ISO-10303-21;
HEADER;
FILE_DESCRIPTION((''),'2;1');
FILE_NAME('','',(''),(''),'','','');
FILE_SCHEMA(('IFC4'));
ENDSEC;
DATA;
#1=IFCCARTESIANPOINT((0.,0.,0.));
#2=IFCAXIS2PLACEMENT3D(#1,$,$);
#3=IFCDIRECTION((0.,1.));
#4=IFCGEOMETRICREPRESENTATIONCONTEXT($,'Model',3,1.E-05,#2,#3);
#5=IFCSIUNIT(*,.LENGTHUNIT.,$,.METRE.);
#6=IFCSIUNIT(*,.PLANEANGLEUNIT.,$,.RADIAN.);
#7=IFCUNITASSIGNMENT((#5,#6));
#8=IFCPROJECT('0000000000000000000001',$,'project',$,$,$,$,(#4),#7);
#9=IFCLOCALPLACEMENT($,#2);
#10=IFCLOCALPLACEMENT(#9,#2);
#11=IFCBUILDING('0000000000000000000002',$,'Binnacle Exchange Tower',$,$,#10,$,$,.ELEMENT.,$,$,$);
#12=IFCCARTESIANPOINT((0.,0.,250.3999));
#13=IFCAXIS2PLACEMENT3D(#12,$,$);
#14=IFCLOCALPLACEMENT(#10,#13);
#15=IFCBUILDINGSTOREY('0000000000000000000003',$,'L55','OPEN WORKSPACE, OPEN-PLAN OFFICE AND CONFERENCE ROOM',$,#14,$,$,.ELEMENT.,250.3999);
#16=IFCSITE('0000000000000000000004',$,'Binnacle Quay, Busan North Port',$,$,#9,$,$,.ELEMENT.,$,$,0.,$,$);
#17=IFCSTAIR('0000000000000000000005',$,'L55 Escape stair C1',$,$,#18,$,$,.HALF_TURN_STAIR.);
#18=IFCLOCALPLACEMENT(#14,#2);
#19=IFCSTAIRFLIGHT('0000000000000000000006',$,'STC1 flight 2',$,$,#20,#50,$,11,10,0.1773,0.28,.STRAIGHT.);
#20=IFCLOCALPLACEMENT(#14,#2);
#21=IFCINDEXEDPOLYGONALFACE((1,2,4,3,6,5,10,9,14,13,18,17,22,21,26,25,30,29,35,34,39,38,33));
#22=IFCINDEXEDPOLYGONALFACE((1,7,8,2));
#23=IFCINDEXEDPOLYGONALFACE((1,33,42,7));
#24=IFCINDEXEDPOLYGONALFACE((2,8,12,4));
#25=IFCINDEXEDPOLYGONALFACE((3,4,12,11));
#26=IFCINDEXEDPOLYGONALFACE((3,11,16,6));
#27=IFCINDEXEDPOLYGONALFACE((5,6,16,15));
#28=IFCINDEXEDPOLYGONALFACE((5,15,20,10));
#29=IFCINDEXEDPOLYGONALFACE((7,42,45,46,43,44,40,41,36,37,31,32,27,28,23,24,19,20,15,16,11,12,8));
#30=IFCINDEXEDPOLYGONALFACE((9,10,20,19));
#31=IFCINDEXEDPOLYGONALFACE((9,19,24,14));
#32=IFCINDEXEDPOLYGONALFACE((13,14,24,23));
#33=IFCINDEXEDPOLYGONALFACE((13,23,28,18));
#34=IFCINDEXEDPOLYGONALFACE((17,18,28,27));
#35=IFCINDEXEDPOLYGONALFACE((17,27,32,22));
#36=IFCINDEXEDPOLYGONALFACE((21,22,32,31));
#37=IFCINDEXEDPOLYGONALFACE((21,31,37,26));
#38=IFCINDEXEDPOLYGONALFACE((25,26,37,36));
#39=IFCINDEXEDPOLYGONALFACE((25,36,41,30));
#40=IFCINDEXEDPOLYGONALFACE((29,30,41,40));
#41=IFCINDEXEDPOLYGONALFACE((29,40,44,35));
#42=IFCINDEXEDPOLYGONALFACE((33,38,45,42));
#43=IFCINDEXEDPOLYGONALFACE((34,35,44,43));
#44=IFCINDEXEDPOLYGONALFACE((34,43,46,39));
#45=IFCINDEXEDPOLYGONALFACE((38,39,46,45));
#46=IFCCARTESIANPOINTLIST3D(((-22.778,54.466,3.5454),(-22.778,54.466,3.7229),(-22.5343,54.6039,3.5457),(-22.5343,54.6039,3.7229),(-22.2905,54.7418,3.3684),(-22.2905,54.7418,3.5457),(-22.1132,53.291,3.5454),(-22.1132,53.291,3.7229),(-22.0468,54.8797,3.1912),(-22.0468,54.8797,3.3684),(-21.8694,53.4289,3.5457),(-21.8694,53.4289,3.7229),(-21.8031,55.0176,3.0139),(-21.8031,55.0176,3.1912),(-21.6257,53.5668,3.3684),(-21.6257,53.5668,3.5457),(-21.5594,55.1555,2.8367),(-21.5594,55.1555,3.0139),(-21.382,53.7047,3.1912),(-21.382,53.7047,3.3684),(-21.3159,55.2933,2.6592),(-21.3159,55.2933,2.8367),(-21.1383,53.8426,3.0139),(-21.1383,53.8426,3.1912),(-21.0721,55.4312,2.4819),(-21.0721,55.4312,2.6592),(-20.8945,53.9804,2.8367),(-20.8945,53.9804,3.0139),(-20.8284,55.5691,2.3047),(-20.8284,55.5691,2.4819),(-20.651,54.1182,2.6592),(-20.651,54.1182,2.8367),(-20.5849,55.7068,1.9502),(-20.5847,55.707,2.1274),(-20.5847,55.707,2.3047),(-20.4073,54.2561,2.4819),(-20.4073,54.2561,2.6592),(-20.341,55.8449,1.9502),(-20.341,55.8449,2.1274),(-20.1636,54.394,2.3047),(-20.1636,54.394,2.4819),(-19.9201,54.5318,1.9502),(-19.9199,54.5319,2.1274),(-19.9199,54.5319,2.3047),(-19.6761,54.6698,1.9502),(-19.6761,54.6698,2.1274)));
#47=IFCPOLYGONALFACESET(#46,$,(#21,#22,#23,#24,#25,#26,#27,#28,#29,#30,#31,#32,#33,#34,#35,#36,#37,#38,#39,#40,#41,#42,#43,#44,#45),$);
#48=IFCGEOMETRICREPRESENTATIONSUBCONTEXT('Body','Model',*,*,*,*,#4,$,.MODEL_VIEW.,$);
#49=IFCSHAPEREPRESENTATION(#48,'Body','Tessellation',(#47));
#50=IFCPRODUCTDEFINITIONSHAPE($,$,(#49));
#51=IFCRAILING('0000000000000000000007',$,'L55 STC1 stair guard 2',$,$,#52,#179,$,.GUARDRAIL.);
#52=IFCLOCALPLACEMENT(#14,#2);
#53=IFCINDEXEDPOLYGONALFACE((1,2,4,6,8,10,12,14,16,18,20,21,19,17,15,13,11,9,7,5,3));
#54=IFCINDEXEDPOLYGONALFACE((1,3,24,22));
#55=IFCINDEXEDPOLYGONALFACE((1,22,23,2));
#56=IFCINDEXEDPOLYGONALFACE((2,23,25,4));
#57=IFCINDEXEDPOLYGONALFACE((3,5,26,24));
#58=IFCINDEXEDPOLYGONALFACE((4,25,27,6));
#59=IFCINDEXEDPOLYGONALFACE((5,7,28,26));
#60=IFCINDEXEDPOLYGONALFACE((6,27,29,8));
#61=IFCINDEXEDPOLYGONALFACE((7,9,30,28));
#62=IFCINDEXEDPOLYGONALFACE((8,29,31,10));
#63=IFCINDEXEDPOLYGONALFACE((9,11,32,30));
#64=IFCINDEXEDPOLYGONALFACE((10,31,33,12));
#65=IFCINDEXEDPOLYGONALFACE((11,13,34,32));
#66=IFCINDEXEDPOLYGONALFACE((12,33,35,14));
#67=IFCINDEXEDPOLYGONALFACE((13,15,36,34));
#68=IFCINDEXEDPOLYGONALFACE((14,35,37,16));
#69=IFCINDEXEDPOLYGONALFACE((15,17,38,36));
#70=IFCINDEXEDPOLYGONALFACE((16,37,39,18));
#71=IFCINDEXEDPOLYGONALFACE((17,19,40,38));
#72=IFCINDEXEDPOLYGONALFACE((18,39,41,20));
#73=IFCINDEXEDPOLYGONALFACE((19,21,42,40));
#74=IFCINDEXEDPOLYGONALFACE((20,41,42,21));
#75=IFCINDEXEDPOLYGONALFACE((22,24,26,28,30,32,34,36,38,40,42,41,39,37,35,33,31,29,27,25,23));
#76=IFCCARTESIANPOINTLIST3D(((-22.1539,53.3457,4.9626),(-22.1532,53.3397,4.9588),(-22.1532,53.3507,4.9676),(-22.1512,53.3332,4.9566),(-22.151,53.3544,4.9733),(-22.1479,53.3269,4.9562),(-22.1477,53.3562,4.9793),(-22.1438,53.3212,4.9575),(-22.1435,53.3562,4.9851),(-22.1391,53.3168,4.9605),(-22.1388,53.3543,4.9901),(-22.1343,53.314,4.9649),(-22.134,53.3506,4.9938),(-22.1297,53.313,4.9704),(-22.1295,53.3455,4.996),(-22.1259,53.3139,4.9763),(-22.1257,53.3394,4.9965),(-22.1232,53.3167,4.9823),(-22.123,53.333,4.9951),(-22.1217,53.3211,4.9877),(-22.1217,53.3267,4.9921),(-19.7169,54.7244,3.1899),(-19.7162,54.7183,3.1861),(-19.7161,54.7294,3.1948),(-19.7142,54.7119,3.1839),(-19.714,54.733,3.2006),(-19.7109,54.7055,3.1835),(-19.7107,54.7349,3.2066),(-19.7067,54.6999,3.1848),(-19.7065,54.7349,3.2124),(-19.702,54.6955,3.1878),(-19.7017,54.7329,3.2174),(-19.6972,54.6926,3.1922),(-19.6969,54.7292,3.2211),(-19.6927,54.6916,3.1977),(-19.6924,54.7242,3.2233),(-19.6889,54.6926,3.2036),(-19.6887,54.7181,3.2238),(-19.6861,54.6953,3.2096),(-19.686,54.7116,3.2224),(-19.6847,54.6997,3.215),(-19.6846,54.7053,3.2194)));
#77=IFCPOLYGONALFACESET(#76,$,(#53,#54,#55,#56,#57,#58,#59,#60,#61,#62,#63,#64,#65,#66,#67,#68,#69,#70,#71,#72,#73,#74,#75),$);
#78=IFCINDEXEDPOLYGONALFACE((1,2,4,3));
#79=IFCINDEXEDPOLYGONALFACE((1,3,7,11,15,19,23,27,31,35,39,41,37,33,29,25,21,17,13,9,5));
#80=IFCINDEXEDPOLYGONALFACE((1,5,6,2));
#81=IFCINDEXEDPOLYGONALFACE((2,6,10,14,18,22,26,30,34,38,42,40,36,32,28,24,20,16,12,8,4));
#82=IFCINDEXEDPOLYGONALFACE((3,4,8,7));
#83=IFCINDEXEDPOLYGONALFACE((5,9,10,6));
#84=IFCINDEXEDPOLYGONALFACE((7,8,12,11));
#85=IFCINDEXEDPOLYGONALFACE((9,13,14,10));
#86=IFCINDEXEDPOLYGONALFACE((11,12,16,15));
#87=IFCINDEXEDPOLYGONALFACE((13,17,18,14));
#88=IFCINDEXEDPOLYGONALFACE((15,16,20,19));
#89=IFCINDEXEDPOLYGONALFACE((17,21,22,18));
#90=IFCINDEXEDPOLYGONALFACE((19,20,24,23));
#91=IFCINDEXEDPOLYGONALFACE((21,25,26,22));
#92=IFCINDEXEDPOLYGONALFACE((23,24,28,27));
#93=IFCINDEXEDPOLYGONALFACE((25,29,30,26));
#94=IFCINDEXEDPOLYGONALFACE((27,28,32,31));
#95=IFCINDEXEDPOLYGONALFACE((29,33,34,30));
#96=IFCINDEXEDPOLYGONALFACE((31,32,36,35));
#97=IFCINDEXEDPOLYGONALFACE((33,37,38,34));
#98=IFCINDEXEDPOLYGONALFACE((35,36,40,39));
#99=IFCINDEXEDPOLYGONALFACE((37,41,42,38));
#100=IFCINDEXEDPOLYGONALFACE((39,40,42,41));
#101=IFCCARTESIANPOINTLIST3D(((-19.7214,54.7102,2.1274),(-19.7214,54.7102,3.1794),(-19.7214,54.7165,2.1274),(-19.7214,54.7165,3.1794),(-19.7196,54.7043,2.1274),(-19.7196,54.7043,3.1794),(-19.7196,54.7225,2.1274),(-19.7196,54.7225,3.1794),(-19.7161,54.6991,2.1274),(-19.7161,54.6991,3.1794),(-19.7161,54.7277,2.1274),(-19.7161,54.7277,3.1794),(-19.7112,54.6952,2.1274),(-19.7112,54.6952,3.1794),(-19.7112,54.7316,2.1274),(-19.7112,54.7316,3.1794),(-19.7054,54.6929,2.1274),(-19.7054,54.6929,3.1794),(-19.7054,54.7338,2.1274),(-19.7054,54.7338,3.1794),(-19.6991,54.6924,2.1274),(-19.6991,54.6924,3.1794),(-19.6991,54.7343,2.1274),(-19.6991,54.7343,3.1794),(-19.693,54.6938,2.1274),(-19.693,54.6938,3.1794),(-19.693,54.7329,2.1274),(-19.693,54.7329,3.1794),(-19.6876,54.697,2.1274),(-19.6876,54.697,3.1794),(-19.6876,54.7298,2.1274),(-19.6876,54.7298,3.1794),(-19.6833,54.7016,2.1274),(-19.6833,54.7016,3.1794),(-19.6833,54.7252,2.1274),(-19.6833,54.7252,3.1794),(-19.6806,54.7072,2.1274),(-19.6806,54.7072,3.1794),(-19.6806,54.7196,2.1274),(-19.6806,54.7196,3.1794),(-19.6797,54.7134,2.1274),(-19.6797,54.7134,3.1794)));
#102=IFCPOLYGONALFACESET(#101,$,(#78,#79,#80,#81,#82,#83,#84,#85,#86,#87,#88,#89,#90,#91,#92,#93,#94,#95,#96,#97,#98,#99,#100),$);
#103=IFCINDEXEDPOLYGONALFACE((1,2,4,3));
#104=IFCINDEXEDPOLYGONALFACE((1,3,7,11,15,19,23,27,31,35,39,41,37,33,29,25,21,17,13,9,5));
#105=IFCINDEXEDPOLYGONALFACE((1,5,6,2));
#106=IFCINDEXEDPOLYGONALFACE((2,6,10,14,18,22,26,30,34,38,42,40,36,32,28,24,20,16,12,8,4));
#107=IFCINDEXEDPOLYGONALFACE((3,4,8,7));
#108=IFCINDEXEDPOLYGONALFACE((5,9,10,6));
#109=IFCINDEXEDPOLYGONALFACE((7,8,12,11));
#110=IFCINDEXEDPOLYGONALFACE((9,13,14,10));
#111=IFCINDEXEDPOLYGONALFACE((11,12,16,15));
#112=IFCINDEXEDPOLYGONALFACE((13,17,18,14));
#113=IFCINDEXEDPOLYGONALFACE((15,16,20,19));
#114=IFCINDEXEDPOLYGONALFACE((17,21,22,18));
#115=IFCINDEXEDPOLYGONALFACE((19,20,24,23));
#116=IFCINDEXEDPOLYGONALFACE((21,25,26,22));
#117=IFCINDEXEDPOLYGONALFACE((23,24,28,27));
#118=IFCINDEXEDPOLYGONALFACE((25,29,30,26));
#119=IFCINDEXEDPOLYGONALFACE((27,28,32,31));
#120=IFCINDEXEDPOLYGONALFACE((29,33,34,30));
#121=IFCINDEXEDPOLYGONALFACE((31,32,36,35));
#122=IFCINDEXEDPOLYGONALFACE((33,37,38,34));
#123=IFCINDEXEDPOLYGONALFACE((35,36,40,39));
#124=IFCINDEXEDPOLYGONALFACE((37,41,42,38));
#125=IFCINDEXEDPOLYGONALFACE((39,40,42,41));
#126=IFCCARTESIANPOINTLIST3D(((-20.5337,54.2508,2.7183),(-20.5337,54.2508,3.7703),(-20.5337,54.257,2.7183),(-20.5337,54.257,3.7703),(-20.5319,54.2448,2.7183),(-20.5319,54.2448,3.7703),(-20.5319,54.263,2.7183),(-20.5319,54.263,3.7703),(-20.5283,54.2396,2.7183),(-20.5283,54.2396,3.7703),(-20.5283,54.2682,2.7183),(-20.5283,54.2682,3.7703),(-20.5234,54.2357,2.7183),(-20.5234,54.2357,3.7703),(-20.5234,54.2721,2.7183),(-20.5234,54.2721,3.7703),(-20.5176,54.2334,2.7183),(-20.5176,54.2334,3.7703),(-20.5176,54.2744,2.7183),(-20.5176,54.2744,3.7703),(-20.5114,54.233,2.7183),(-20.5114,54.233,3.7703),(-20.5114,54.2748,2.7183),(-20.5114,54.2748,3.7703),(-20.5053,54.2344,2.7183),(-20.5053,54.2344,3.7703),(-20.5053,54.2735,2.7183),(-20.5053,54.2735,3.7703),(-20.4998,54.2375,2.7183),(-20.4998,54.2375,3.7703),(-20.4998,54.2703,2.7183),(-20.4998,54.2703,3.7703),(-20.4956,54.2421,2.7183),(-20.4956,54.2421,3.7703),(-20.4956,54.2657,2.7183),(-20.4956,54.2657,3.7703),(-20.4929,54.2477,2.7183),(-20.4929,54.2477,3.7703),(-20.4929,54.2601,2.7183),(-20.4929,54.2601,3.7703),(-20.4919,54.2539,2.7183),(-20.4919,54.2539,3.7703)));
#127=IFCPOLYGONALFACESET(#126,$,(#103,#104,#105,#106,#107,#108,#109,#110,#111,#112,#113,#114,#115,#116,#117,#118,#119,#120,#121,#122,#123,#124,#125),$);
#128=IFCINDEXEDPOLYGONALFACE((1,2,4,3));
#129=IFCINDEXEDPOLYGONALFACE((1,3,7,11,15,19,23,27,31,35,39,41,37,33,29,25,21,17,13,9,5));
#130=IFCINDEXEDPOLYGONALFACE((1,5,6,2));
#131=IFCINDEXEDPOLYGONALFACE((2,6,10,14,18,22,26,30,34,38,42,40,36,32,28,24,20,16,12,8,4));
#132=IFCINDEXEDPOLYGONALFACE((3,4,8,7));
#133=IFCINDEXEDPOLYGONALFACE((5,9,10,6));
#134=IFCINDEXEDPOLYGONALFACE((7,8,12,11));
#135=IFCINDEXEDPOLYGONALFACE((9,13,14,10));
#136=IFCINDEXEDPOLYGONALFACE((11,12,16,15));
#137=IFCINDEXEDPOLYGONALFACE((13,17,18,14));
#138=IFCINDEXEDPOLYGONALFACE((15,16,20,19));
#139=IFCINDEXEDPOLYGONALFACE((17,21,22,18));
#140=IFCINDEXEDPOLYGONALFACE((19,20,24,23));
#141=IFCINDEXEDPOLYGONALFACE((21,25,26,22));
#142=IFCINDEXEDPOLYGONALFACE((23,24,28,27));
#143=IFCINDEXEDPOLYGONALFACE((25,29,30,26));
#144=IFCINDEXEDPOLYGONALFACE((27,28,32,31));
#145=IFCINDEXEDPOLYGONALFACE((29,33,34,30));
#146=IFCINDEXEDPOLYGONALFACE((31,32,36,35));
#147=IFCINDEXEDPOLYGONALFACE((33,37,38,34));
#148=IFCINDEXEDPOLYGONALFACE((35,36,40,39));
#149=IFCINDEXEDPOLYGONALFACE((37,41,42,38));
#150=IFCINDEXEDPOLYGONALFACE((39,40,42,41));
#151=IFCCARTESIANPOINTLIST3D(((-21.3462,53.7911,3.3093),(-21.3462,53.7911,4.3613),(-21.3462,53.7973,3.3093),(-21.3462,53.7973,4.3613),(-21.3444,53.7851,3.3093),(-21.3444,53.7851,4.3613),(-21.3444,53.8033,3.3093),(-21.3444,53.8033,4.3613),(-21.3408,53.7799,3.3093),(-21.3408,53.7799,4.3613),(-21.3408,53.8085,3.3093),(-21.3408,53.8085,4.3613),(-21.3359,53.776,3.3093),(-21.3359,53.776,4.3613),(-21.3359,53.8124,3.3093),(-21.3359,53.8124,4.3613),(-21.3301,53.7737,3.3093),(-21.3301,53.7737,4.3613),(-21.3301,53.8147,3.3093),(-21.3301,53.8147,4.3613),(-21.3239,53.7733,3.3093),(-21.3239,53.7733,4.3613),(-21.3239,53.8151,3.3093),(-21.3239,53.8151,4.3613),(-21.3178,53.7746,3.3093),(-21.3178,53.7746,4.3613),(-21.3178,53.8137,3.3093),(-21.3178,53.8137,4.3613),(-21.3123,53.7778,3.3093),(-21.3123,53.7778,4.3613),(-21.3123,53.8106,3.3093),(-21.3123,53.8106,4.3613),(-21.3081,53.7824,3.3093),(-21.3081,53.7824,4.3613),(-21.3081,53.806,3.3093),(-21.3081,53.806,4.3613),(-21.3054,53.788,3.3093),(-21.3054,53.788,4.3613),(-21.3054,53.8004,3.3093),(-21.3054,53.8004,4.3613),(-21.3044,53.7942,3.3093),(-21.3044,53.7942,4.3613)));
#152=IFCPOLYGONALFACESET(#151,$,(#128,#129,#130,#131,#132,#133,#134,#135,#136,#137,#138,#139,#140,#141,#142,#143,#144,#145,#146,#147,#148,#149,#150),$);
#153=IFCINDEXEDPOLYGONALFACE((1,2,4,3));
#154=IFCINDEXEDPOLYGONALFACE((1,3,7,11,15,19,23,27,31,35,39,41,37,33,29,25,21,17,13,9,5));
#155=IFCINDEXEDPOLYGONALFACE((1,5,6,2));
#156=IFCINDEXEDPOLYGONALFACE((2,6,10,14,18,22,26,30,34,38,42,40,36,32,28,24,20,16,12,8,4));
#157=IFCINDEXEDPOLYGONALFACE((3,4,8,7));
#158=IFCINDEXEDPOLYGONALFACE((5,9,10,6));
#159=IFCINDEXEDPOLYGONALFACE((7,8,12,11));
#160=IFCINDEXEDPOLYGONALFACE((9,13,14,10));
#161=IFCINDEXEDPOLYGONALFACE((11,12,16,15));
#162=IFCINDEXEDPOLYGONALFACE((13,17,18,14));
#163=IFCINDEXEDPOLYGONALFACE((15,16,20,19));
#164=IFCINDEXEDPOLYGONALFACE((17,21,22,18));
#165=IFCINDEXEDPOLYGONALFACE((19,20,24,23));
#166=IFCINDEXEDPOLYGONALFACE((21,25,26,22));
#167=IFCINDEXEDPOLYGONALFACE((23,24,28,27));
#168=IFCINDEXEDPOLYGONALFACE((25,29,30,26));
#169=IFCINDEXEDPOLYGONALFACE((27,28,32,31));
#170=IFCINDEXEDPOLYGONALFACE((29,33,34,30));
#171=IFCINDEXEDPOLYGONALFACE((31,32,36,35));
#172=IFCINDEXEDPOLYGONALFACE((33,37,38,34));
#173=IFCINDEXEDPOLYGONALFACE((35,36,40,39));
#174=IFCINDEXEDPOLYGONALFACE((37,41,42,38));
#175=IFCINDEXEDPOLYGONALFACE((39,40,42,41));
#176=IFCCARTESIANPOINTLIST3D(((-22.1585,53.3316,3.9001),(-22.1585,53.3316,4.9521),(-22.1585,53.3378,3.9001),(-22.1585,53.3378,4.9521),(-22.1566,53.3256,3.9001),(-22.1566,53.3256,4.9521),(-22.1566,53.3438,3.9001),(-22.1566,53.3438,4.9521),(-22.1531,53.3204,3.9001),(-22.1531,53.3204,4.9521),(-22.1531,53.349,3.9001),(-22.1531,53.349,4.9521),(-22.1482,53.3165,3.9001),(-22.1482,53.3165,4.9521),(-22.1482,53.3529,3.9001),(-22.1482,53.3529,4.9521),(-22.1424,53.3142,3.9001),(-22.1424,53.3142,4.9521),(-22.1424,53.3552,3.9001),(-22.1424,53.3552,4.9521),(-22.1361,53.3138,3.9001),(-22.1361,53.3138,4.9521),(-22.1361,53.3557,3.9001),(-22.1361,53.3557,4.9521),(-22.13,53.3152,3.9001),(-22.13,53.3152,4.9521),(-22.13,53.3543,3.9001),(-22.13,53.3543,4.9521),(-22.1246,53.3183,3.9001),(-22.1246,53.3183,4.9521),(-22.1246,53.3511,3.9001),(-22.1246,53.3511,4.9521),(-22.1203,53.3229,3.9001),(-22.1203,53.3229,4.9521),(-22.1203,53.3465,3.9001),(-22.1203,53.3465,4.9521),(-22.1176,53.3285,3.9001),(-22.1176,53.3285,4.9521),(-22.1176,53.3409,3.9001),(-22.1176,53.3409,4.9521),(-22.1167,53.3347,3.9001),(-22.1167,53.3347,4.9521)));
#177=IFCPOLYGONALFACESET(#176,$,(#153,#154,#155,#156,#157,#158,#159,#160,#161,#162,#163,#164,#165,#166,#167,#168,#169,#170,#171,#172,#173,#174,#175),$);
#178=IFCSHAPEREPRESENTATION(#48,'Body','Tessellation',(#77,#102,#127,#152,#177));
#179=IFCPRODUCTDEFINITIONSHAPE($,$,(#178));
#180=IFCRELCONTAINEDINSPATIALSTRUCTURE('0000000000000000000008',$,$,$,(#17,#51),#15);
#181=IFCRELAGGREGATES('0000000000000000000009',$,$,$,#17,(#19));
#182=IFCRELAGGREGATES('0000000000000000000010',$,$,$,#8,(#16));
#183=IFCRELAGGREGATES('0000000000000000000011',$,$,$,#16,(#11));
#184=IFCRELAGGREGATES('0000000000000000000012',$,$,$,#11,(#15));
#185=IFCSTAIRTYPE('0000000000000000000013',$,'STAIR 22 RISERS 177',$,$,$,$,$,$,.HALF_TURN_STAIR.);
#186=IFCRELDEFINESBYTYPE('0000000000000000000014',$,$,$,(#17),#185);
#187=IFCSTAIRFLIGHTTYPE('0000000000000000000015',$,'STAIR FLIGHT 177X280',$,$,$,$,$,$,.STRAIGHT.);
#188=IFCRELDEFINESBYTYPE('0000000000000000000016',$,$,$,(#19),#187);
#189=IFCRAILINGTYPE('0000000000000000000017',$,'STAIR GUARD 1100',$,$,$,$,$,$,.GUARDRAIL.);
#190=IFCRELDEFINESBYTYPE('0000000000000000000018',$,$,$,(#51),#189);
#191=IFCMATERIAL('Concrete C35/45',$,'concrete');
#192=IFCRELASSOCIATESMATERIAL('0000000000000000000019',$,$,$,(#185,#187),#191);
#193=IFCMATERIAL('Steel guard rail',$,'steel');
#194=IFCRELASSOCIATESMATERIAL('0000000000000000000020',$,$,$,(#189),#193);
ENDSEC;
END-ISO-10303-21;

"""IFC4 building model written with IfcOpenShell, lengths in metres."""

from ifc_helpers import new_model, si_unit, direction, frame, origin, origin_2d, place, context, subcontext, project, spatial, polyline, circle, outline, extrude, material, type_object, element, aggregate, save


model = new_model("IFC4")

# Units and contexts
model_context = context("Model", 3, precision=1e-05, world=origin(), true_north=direction((0.0, 1.0)))
body_context = subcontext(model_context, "Body", "Model", "MODEL_VIEW")
ifc_project = project(units=[si_unit("LENGTHUNIT", "METRE"), si_unit("PLANEANGLEUNIT", "RADIAN")], contexts=[model_context])

# Site, building, storey
site_placement = place(None, origin())
site = spatial("IfcSite", under=ifc_project, at=site_placement, Name="Binnacle Quay, Busan North Port", CompositionType="ELEMENT", RefElevation=0.0)
building_placement = place(site_placement, origin())
building = spatial("IfcBuilding", under=site, at=building_placement, Name="Binnacle Exchange Tower", CompositionType="ELEMENT")
storey_placement = place(building_placement, frame((0.0, 0.0, 250.3999)))
storey = spatial("IfcBuildingStorey", under=building, at=storey_placement, Name="L55", Description="OPEN WORKSPACE, OPEN-PLAN OFFICE AND CONFERENCE ROOM", CompositionType="ELEMENT", Elevation=250.3999)

# Stair, stair flight
ifc_material_1 = material(Name="Concrete C35/45", Category="concrete")
stair_type = type_object("IfcStairType", Name="STAIR 22 RISERS 177", PredefinedType="HALF_TURN_STAIR", material=ifc_material_1)
stair_placement = place(storey_placement, origin())
stair = element("IfcStair", 1, at=stair_placement, inside=storey, type_object=stair_type, Name="L55 Escape stair C1", PredefinedType="HALF_TURN_STAIR")
stair_flight_type = type_object("IfcStairFlightType", Name="STAIR FLIGHT 177X280", PredefinedType="STRAIGHT", material=ifc_material_1)
stair_flight_placement = place(storey_placement, frame((-20.0085, 55.2573, 1.9502), z_axis=(0.0, 0.0, 1.0), x_axis=(-0.870356, -0.492424, 0.0)))
stair_flight = element("IfcStairFlight", 2, at=stair_flight_placement, type_object=stair_flight_type, Name="STC1 flight 2", NumberOfRisers=11, NumberOfTreads=10, PredefinedType="STRAIGHT", RiserHeight=0.1773, TreadLength=0.28, context=body_context, shape_type="SweptSolid", body=[
    extrude(outline(polyline([(0.0, 0.0), (0.0, 0.1772), (0.28, 0.1772), (0.28, 0.3545), (0.5601, 0.3545), (0.5601, 0.5317), (0.8401, 0.5317), (0.8401, 0.709), (1.1201, 0.709), (1.1201, 0.8865), (1.3999, 0.8865), (1.3999, 1.0637), (1.6799, 1.0637), (1.6799, 1.241), (1.96, 1.241), (1.96, 1.4182), (2.24, 1.4182), (2.24, 1.5955), (2.52, 1.5955), (2.52, 1.7727), (2.8, 1.7727), (2.8, 1.95), (2.8, 1.5952), (0.2803, 0.0), (0.0, 0.0)])), frame((0.0, 0.675, 0.0), z_axis=(0.0, -1.0, 0.0), x_axis=(1.0, 0.0, 0.0)), (0.0, 0.0, 1.0), 1.3501),
])
aggregate(stair, [stair_flight])

# Railing
ifc_material_2 = material(Name="Steel guard rail", Category="steel")
railing_type = type_object("IfcRailingType", Name="STAIR GUARD 1100", PredefinedType="GUARDRAIL", material=ifc_material_2)
railing_placement = place(storey_placement, frame((-19.7007, 54.7134, 2.1274)))
element("IfcRailing", 3, at=railing_placement, inside=storey, type_object=railing_type, Name="L55 STC1 stair guard 2", PredefinedType="GUARDRAIL", context=body_context, shape_type="SweptSolid", body=[
    extrude(circle(Radius=0.0239, at=origin_2d()), frame((0.0, 0.0, 1.0762), z_axis=(-0.735381, -0.416019, 0.534923), x_axis=(0.492388, -0.870376, 0.0)), (0.0, 0.0, 1.0), 3.314),
    extrude(circle(Radius=0.021, at=origin_2d()), origin(), (0.0, 0.0, 1.0), 1.052),
    extrude(circle(Radius=0.021, at=origin_2d()), frame((-0.8123, -0.4595, 0.5908)), (0.0, 0.0, 1.0), 1.052),
    extrude(circle(Radius=0.021, at=origin_2d()), frame((-1.6248, -0.9192, 1.1819)), (0.0, 0.0, 1.0), 1.052),
    extrude(circle(Radius=0.021, at=origin_2d()), frame((-2.437, -1.3787, 1.7727)), (0.0, 0.0, 1.0), 1.052),
])

save(model, "model.ifc")
